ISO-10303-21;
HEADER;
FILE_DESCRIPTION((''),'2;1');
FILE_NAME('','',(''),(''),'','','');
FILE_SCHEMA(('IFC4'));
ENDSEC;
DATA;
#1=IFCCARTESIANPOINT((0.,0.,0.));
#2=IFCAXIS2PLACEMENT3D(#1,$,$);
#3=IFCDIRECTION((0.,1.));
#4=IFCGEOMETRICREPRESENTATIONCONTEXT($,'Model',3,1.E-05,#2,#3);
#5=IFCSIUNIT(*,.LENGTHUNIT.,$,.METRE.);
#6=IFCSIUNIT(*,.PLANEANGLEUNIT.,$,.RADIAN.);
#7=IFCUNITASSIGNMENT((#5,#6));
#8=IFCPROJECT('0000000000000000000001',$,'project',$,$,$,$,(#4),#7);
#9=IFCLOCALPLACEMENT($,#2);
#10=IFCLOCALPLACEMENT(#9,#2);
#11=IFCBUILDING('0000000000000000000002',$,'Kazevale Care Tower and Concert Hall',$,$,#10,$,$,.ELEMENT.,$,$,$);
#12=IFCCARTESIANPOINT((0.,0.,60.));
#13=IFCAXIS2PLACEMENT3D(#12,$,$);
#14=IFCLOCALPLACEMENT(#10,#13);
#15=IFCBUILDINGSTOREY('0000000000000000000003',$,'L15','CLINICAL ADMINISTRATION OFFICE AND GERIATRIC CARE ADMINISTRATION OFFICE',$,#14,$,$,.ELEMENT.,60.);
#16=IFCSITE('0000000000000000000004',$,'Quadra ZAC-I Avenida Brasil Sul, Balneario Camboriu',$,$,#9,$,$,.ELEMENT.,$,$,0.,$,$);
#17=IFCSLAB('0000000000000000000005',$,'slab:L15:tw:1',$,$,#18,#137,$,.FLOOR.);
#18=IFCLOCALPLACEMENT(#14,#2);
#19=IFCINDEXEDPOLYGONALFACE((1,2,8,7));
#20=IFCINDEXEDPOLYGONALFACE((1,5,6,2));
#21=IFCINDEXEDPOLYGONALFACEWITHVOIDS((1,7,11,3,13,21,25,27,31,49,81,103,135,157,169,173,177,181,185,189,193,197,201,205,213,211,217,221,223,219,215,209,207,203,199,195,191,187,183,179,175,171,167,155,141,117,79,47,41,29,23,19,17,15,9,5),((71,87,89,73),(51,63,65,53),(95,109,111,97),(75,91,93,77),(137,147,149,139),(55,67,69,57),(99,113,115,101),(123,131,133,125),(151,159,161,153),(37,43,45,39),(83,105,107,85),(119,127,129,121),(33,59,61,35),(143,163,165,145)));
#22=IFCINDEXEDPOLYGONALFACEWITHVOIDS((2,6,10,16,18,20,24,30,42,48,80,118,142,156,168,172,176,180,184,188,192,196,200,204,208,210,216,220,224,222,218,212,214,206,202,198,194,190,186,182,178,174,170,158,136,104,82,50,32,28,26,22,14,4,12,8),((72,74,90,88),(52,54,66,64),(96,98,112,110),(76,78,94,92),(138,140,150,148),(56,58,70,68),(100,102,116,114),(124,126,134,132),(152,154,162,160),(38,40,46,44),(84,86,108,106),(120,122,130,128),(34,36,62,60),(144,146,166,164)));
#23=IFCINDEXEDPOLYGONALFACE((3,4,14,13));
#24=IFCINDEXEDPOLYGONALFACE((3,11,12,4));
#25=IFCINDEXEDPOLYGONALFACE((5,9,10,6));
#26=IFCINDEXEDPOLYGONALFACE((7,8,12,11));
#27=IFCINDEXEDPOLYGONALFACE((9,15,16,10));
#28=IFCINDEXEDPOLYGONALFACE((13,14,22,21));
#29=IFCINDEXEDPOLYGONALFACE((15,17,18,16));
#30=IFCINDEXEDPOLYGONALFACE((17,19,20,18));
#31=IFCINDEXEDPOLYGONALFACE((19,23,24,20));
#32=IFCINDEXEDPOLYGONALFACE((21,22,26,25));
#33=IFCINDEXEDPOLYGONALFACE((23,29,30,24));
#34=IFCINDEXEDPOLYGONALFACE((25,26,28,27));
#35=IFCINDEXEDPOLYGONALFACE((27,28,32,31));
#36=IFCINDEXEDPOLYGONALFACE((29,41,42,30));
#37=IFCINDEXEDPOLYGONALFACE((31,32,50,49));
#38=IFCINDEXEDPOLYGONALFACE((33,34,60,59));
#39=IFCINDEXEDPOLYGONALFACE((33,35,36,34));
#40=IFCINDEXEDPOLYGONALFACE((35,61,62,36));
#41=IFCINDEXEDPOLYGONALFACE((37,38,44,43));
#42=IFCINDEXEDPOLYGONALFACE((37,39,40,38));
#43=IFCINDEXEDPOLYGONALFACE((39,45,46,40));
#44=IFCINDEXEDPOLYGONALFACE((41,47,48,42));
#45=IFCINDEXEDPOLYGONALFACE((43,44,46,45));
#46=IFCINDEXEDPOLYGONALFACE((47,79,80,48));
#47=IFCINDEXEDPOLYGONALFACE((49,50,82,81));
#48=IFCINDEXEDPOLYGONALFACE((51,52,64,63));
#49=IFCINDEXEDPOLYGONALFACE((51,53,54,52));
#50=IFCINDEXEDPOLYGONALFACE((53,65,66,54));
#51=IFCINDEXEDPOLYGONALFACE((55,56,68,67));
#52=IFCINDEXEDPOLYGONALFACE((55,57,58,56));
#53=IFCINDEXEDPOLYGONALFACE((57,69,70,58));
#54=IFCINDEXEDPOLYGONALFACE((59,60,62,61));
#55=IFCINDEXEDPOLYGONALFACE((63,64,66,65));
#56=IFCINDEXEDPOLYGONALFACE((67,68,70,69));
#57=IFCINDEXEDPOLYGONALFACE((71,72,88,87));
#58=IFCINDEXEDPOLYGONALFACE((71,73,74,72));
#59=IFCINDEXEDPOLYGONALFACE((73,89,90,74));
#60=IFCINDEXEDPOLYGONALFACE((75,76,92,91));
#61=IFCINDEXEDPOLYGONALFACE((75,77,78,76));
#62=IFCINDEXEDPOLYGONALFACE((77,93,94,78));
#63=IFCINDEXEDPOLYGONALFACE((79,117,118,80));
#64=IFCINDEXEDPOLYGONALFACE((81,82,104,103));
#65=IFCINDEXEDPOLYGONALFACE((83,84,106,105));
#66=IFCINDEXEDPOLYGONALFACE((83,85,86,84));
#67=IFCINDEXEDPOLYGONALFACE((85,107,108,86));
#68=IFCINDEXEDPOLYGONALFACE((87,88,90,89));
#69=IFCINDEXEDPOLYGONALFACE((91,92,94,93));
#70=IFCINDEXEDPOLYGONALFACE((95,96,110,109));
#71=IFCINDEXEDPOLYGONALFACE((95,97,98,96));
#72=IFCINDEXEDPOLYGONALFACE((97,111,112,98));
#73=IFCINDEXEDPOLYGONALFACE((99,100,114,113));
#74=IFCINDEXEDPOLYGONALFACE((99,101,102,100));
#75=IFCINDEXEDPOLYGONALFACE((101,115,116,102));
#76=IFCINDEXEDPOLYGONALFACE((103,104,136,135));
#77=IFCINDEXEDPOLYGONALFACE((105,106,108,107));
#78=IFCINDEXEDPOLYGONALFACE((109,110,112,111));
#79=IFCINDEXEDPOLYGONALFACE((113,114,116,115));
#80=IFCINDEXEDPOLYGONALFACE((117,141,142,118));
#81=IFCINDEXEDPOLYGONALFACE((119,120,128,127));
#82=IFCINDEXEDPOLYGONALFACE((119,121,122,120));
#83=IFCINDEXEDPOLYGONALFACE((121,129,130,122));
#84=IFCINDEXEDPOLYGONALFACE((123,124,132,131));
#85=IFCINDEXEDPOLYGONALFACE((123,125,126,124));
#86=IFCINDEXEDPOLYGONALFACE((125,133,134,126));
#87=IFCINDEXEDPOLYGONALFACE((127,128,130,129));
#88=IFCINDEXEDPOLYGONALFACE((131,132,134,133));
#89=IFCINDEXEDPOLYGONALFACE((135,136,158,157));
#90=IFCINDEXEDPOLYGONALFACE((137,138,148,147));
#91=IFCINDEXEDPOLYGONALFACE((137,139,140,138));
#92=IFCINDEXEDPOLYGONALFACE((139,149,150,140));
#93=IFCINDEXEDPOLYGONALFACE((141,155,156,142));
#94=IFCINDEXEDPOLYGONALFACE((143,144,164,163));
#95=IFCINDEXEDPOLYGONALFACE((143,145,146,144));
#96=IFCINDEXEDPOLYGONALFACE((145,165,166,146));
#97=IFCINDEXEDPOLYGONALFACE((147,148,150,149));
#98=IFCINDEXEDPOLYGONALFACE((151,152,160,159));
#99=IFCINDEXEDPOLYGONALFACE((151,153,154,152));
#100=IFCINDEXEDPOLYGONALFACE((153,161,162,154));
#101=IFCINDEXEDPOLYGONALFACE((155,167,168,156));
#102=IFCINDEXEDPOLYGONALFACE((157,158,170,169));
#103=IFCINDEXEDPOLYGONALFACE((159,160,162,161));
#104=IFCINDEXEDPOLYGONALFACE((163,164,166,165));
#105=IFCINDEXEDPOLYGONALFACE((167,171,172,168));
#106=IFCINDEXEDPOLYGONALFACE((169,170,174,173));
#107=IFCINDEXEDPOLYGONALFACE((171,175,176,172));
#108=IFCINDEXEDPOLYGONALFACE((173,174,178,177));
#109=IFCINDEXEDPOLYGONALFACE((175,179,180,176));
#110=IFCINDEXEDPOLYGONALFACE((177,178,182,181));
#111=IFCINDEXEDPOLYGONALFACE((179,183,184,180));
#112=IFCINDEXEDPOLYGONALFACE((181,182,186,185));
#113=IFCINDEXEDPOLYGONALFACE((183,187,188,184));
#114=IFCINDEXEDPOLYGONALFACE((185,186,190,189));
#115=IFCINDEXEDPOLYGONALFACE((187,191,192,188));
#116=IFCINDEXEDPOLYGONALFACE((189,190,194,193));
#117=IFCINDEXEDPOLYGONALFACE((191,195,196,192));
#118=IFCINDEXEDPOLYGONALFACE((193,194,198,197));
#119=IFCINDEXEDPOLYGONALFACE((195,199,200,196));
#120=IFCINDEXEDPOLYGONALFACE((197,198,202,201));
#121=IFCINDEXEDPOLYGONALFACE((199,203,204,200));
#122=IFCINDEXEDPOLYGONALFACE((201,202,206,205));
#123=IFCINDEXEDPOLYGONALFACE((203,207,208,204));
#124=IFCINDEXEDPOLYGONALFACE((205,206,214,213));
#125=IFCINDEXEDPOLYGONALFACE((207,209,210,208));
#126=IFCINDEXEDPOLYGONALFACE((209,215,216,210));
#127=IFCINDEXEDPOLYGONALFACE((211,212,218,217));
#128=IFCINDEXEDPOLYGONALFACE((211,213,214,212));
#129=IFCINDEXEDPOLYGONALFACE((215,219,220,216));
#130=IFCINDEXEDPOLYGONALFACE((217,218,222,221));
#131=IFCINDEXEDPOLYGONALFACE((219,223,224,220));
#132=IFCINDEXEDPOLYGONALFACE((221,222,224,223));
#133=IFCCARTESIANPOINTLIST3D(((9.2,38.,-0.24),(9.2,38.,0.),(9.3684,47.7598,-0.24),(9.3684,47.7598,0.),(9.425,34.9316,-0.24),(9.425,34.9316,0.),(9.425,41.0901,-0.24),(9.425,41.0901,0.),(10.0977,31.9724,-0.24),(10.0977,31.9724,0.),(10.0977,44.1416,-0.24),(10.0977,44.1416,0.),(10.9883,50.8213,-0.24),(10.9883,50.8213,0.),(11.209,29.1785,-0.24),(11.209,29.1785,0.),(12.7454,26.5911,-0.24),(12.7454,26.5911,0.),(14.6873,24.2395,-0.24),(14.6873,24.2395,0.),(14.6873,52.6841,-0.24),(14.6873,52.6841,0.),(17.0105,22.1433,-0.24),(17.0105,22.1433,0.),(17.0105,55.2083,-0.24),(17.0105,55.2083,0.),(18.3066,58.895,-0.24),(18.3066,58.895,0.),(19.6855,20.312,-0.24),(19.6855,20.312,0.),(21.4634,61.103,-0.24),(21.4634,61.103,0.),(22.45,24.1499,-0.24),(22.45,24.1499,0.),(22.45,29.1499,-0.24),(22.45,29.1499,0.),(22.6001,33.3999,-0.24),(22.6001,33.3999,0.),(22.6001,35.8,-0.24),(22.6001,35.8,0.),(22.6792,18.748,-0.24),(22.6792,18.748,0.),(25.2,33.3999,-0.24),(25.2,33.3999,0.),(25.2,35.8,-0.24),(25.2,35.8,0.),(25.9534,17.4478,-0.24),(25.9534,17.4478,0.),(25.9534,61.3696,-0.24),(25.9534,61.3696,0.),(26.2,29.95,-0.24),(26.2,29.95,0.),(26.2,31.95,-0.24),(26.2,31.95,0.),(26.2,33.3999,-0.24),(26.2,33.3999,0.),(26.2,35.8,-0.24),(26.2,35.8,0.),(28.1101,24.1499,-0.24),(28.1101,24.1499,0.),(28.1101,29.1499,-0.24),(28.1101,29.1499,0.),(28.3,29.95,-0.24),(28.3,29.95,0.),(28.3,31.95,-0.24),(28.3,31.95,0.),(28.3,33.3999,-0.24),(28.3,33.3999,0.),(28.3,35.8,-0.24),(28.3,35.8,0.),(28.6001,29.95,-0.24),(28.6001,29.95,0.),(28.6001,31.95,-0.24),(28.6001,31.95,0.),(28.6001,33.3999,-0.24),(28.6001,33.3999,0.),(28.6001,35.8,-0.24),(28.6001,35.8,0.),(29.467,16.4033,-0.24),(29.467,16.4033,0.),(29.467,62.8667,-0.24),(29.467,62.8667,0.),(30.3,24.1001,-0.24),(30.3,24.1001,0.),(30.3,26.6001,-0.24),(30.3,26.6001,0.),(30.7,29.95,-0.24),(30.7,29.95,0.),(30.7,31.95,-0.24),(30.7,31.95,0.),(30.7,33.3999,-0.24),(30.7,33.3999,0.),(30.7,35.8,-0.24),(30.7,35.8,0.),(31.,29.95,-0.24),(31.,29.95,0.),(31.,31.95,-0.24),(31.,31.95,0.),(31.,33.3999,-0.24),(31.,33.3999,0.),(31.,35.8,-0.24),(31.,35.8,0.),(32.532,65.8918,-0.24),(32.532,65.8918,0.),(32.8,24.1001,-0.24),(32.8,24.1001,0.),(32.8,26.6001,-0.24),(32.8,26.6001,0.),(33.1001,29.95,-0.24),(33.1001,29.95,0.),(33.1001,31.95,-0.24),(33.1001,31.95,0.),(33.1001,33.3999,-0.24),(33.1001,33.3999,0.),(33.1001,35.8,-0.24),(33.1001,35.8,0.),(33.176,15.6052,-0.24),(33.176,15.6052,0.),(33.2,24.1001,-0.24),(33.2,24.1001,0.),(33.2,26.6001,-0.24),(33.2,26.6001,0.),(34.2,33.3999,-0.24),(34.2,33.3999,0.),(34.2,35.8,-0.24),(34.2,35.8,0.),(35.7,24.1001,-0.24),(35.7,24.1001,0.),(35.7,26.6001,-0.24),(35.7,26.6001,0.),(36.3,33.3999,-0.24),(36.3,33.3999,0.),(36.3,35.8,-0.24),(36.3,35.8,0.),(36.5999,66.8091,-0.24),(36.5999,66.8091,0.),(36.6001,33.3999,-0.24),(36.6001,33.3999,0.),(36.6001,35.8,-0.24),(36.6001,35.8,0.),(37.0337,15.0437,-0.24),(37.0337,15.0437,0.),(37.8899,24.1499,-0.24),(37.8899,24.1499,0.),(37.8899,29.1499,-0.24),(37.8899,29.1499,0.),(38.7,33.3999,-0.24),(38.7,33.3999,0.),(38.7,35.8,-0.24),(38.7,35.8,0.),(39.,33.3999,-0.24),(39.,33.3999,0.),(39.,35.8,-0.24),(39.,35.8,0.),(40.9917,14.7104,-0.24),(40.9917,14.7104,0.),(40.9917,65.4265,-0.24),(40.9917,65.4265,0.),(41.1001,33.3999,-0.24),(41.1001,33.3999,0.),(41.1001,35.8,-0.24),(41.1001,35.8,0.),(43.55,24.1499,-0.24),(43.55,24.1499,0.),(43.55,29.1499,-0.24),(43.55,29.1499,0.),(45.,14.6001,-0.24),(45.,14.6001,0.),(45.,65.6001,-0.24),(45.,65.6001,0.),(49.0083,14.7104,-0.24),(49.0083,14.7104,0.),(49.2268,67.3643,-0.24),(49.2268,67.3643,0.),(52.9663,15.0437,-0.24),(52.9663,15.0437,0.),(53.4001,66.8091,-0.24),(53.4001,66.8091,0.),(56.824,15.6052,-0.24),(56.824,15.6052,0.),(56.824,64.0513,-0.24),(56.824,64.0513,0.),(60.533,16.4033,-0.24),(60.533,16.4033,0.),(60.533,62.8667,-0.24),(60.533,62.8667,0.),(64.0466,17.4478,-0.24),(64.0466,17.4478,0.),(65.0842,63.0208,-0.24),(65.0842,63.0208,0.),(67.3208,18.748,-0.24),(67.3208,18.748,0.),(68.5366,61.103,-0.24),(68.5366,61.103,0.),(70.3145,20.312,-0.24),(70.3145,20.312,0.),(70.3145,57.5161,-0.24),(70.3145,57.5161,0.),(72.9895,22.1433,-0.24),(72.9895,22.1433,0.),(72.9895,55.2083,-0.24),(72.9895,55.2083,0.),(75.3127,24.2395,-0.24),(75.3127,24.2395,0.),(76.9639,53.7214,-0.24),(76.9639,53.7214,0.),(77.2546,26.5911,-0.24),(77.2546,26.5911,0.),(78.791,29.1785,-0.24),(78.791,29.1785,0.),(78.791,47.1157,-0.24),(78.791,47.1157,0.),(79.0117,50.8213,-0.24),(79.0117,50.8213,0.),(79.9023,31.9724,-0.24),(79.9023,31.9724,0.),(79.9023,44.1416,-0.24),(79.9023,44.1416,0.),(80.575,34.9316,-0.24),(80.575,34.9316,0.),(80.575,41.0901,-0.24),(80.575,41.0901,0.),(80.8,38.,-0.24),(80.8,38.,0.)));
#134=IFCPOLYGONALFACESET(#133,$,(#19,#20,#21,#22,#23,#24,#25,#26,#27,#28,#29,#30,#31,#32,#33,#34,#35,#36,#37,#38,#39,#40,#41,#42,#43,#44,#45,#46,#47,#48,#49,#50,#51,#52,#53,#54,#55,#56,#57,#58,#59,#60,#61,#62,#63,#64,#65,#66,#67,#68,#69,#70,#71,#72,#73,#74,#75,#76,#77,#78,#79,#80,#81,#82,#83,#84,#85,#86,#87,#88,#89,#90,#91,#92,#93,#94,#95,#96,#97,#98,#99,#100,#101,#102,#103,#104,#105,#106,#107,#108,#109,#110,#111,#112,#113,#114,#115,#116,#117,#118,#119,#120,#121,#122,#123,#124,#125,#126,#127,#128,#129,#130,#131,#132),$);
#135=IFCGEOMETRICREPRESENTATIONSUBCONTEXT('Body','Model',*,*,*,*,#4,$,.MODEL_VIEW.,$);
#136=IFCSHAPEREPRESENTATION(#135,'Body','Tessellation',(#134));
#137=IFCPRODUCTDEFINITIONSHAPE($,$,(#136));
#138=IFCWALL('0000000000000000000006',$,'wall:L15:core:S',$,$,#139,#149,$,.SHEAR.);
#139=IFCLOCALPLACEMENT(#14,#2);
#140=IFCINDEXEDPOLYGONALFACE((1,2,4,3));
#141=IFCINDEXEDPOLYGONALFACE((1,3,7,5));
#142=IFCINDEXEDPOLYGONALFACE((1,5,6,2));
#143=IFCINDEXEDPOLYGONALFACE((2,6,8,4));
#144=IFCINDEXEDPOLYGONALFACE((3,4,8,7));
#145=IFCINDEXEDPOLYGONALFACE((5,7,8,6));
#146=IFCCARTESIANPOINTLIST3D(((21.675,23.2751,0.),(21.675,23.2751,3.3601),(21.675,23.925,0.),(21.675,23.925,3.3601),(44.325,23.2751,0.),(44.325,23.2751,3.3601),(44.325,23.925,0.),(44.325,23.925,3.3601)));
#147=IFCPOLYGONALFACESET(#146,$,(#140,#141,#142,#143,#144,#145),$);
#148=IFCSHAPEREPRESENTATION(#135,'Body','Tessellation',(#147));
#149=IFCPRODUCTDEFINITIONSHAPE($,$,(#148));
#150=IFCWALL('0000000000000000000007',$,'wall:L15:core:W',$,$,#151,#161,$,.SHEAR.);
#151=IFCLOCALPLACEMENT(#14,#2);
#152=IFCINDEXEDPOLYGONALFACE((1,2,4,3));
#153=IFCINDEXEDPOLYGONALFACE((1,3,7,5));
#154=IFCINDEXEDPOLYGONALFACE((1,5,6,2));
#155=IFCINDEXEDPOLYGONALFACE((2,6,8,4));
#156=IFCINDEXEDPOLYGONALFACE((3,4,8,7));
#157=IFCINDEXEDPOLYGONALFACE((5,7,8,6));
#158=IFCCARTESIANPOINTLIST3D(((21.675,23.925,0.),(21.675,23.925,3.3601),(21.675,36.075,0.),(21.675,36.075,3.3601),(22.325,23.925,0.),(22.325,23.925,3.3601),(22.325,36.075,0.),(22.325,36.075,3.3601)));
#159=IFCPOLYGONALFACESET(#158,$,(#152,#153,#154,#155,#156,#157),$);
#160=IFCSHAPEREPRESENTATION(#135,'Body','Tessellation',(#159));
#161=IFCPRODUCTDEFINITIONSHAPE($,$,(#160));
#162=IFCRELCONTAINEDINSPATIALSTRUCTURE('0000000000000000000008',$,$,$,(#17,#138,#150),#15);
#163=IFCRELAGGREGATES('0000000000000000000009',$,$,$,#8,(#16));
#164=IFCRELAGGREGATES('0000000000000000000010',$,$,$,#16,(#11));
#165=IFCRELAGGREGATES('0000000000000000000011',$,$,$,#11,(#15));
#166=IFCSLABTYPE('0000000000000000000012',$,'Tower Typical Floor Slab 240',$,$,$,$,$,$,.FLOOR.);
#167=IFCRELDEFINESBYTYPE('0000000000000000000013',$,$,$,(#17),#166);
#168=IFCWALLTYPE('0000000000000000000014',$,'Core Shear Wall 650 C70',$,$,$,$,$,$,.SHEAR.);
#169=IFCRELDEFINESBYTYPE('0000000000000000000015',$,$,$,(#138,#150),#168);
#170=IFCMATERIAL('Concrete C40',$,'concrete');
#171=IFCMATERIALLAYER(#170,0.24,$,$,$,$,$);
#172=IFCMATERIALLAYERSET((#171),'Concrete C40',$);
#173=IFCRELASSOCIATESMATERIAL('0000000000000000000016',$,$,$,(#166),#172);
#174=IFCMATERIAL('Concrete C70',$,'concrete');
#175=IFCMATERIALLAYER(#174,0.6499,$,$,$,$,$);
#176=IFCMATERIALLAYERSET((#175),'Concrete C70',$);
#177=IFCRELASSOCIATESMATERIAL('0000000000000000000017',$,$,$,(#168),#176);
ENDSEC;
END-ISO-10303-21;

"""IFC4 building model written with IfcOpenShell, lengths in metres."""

from ifc_helpers import new_model, si_unit, direction, frame, frame_2d, origin, place, context, subcontext, project, spatial, polyline, rectangle, outline, extrude, material, layer, layer_set, type_object, element, save


model = new_model("IFC4")

# Units and contexts
model_context = context("Model", 3, precision=1e-05, world=origin(), true_north=direction((0.0, 1.0)))
body_context = subcontext(model_context, "Body", "Model", "MODEL_VIEW")
ifc_project = project(units=[si_unit("LENGTHUNIT", "METRE"), si_unit("PLANEANGLEUNIT", "RADIAN")], contexts=[model_context])

# Site, building, storey
site_placement = place(None, origin())
site = spatial("IfcSite", under=ifc_project, at=site_placement, Name="Quadra ZAC-I Avenida Brasil Sul, Balneario Camboriu", CompositionType="ELEMENT", RefElevation=0.0)
building_placement = place(site_placement, origin())
building = spatial("IfcBuilding", under=site, at=building_placement, Name="Kazevale Care Tower and Concert Hall", CompositionType="ELEMENT")
storey_placement = place(building_placement, frame((0.0, 0.0, 60.0)))
storey = spatial("IfcBuildingStorey", under=building, at=storey_placement, Name="L15", Description="CLINICAL ADMINISTRATION OFFICE AND GERIATRIC CARE ADMINISTRATION OFFICE", CompositionType="ELEMENT", Elevation=60.0)

# Shared definitions
ifc_material_1 = material(Name="Concrete C70", Category="concrete")

# Shared definitions
ifc_material_2 = material(Name="Concrete C40", Category="concrete")

# Slab
ifc_layer_1 = layer(ifc_material_2, 0.24)
ifc_layer_set_1 = layer_set([ifc_layer_1], Name="Concrete C40")
slab_type_1 = type_object("IfcSlabType", Name="Tower Typical Floor Slab 240", PredefinedType="FLOOR", material=ifc_layer_set_1)
slab_1_placement = place(storey_placement, frame((0.0, 0.0, -0.24)))
element("IfcSlab", 1, at=slab_1_placement, inside=storey, type_object=slab_type_1, Name="slab:L15:tw:1", PredefinedType="FLOOR", context=body_context, shape_type="SweptSolid", body=[
    extrude(outline(polyline([(80.8, 38.0), (80.575, 41.0901), (79.9023, 44.1416), (78.791, 47.1157), (79.0117, 50.8213), (76.9639, 53.7214), (72.9895, 55.2083), (70.3145, 57.5161), (68.5366, 61.103), (65.0842, 63.0208), (60.533, 62.8667), (56.824, 64.0513), (53.4001, 66.8091), (49.2268, 67.3643), (45.0, 65.6001), (40.9917, 65.4265), (36.5999, 66.8091), (32.532, 65.8918), (29.467, 62.8667), (25.9534, 61.3696), (21.4634, 61.103), (18.3066, 58.895), (17.0105, 55.2083), (14.6873, 52.6841), (10.9883, 50.8213), (9.3684, 47.7598), (10.0977, 44.1416), (9.425, 41.0901), (9.2, 38.0), (9.425, 34.9316), (10.0977, 31.9724), (11.209, 29.1785), (12.7454, 26.5911), (14.6873, 24.2395), (17.0105, 22.1433), (19.6855, 20.312), (22.6792, 18.748), (25.9534, 17.4478), (29.467, 16.4033), (33.176, 15.6052), (37.0337, 15.0437), (40.9917, 14.7104), (45.0, 14.6001), (49.0083, 14.7104), (52.9663, 15.0437), (56.824, 15.6052), (60.533, 16.4033), (64.0466, 17.4478), (67.3208, 18.748), (70.3145, 20.312), (72.9895, 22.1433), (75.3127, 24.2395), (77.2546, 26.5911), (78.791, 29.1785), (79.9023, 31.9724), (80.575, 34.9316), (80.8, 38.0)]), holes=[polyline([(22.45, 24.1499), (28.1101, 24.1499), (28.1101, 29.1499), (22.45, 29.1499), (22.45, 24.1499)]), polyline([(37.8899, 24.1499), (43.55, 24.1499), (43.55, 29.1499), (37.8899, 29.1499), (37.8899, 24.1499)]), polyline([(30.3, 24.1001), (32.8, 24.1001), (32.8, 26.6001), (30.3, 26.6001), (30.3, 24.1001)]), polyline([(33.2, 24.1001), (35.7, 24.1001), (35.7, 26.6001), (33.2, 26.6001), (33.2, 24.1001)]), polyline([(22.6001, 33.3999), (25.2, 33.3999), (25.2, 35.8), (22.6001, 35.8), (22.6001, 33.3999)]), polyline([(26.2, 33.3999), (28.3, 33.3999), (28.3, 35.8), (26.2, 35.8), (26.2, 33.3999)]), polyline([(28.6001, 33.3999), (30.7, 33.3999), (30.7, 35.8), (28.6001, 35.8), (28.6001, 33.3999)]), polyline([(31.0, 33.3999), (33.1001, 33.3999), (33.1001, 35.8), (31.0, 35.8), (31.0, 33.3999)]), polyline([(34.2, 33.3999), (36.3, 33.3999), (36.3, 35.8), (34.2, 35.8), (34.2, 33.3999)]), polyline([(36.6001, 33.3999), (38.7, 33.3999), (38.7, 35.8), (36.6001, 35.8), (36.6001, 33.3999)]), polyline([(39.0, 33.3999), (41.1001, 33.3999), (41.1001, 35.8), (39.0, 35.8), (39.0, 33.3999)]), polyline([(26.2, 29.95), (28.3, 29.95), (28.3, 31.95), (26.2, 31.95), (26.2, 29.95)]), polyline([(28.6001, 29.95), (30.7, 29.95), (30.7, 31.95), (28.6001, 31.95), (28.6001, 29.95)]), polyline([(31.0, 29.95), (33.1001, 29.95), (33.1001, 31.95), (31.0, 31.95), (31.0, 29.95)])]), origin(), (0.0, 0.0, 1.0), 0.24),
])

# Walls
ifc_layer_2 = layer(ifc_material_1, 0.6499)
ifc_layer_set_2 = layer_set([ifc_layer_2], Name="Concrete C70")
wall_type_1 = type_object("IfcWallType", Name="Core Shear Wall 650 C70", PredefinedType="SHEAR", material=ifc_layer_set_2)
wall_1_placement = place(storey_placement, frame((21.675, 23.6001, 0.0), z_axis=(0.0, 0.0, 1.0), x_axis=(1.0, 0.0, 0.0)))
element("IfcWall", 2, at=wall_1_placement, inside=storey, type_object=wall_type_1, Name="wall:L15:core:S", PredefinedType="SHEAR", context=body_context, shape_type="SweptSolid", body=[
    extrude(rectangle(XDim=22.6499, YDim=0.6499, at=frame_2d((11.325, 0.0))), origin(), (0.0, 0.0, 1.0), 3.3601),
])
wall_2_placement = place(storey_placement, frame((22.0, 23.925, 0.0), z_axis=(0.0, 0.0, 1.0), x_axis=(0.0, 1.0, 0.0)))
element("IfcWall", 3, at=wall_2_placement, inside=storey, type_object=wall_type_1, Name="wall:L15:core:W", PredefinedType="SHEAR", context=body_context, shape_type="SweptSolid", body=[
    extrude(rectangle(XDim=12.1499, YDim=0.6499, at=frame_2d((6.075, 0.0))), origin(), (0.0, 0.0, 1.0), 3.3601),
])

save(model, "model.ifc")
